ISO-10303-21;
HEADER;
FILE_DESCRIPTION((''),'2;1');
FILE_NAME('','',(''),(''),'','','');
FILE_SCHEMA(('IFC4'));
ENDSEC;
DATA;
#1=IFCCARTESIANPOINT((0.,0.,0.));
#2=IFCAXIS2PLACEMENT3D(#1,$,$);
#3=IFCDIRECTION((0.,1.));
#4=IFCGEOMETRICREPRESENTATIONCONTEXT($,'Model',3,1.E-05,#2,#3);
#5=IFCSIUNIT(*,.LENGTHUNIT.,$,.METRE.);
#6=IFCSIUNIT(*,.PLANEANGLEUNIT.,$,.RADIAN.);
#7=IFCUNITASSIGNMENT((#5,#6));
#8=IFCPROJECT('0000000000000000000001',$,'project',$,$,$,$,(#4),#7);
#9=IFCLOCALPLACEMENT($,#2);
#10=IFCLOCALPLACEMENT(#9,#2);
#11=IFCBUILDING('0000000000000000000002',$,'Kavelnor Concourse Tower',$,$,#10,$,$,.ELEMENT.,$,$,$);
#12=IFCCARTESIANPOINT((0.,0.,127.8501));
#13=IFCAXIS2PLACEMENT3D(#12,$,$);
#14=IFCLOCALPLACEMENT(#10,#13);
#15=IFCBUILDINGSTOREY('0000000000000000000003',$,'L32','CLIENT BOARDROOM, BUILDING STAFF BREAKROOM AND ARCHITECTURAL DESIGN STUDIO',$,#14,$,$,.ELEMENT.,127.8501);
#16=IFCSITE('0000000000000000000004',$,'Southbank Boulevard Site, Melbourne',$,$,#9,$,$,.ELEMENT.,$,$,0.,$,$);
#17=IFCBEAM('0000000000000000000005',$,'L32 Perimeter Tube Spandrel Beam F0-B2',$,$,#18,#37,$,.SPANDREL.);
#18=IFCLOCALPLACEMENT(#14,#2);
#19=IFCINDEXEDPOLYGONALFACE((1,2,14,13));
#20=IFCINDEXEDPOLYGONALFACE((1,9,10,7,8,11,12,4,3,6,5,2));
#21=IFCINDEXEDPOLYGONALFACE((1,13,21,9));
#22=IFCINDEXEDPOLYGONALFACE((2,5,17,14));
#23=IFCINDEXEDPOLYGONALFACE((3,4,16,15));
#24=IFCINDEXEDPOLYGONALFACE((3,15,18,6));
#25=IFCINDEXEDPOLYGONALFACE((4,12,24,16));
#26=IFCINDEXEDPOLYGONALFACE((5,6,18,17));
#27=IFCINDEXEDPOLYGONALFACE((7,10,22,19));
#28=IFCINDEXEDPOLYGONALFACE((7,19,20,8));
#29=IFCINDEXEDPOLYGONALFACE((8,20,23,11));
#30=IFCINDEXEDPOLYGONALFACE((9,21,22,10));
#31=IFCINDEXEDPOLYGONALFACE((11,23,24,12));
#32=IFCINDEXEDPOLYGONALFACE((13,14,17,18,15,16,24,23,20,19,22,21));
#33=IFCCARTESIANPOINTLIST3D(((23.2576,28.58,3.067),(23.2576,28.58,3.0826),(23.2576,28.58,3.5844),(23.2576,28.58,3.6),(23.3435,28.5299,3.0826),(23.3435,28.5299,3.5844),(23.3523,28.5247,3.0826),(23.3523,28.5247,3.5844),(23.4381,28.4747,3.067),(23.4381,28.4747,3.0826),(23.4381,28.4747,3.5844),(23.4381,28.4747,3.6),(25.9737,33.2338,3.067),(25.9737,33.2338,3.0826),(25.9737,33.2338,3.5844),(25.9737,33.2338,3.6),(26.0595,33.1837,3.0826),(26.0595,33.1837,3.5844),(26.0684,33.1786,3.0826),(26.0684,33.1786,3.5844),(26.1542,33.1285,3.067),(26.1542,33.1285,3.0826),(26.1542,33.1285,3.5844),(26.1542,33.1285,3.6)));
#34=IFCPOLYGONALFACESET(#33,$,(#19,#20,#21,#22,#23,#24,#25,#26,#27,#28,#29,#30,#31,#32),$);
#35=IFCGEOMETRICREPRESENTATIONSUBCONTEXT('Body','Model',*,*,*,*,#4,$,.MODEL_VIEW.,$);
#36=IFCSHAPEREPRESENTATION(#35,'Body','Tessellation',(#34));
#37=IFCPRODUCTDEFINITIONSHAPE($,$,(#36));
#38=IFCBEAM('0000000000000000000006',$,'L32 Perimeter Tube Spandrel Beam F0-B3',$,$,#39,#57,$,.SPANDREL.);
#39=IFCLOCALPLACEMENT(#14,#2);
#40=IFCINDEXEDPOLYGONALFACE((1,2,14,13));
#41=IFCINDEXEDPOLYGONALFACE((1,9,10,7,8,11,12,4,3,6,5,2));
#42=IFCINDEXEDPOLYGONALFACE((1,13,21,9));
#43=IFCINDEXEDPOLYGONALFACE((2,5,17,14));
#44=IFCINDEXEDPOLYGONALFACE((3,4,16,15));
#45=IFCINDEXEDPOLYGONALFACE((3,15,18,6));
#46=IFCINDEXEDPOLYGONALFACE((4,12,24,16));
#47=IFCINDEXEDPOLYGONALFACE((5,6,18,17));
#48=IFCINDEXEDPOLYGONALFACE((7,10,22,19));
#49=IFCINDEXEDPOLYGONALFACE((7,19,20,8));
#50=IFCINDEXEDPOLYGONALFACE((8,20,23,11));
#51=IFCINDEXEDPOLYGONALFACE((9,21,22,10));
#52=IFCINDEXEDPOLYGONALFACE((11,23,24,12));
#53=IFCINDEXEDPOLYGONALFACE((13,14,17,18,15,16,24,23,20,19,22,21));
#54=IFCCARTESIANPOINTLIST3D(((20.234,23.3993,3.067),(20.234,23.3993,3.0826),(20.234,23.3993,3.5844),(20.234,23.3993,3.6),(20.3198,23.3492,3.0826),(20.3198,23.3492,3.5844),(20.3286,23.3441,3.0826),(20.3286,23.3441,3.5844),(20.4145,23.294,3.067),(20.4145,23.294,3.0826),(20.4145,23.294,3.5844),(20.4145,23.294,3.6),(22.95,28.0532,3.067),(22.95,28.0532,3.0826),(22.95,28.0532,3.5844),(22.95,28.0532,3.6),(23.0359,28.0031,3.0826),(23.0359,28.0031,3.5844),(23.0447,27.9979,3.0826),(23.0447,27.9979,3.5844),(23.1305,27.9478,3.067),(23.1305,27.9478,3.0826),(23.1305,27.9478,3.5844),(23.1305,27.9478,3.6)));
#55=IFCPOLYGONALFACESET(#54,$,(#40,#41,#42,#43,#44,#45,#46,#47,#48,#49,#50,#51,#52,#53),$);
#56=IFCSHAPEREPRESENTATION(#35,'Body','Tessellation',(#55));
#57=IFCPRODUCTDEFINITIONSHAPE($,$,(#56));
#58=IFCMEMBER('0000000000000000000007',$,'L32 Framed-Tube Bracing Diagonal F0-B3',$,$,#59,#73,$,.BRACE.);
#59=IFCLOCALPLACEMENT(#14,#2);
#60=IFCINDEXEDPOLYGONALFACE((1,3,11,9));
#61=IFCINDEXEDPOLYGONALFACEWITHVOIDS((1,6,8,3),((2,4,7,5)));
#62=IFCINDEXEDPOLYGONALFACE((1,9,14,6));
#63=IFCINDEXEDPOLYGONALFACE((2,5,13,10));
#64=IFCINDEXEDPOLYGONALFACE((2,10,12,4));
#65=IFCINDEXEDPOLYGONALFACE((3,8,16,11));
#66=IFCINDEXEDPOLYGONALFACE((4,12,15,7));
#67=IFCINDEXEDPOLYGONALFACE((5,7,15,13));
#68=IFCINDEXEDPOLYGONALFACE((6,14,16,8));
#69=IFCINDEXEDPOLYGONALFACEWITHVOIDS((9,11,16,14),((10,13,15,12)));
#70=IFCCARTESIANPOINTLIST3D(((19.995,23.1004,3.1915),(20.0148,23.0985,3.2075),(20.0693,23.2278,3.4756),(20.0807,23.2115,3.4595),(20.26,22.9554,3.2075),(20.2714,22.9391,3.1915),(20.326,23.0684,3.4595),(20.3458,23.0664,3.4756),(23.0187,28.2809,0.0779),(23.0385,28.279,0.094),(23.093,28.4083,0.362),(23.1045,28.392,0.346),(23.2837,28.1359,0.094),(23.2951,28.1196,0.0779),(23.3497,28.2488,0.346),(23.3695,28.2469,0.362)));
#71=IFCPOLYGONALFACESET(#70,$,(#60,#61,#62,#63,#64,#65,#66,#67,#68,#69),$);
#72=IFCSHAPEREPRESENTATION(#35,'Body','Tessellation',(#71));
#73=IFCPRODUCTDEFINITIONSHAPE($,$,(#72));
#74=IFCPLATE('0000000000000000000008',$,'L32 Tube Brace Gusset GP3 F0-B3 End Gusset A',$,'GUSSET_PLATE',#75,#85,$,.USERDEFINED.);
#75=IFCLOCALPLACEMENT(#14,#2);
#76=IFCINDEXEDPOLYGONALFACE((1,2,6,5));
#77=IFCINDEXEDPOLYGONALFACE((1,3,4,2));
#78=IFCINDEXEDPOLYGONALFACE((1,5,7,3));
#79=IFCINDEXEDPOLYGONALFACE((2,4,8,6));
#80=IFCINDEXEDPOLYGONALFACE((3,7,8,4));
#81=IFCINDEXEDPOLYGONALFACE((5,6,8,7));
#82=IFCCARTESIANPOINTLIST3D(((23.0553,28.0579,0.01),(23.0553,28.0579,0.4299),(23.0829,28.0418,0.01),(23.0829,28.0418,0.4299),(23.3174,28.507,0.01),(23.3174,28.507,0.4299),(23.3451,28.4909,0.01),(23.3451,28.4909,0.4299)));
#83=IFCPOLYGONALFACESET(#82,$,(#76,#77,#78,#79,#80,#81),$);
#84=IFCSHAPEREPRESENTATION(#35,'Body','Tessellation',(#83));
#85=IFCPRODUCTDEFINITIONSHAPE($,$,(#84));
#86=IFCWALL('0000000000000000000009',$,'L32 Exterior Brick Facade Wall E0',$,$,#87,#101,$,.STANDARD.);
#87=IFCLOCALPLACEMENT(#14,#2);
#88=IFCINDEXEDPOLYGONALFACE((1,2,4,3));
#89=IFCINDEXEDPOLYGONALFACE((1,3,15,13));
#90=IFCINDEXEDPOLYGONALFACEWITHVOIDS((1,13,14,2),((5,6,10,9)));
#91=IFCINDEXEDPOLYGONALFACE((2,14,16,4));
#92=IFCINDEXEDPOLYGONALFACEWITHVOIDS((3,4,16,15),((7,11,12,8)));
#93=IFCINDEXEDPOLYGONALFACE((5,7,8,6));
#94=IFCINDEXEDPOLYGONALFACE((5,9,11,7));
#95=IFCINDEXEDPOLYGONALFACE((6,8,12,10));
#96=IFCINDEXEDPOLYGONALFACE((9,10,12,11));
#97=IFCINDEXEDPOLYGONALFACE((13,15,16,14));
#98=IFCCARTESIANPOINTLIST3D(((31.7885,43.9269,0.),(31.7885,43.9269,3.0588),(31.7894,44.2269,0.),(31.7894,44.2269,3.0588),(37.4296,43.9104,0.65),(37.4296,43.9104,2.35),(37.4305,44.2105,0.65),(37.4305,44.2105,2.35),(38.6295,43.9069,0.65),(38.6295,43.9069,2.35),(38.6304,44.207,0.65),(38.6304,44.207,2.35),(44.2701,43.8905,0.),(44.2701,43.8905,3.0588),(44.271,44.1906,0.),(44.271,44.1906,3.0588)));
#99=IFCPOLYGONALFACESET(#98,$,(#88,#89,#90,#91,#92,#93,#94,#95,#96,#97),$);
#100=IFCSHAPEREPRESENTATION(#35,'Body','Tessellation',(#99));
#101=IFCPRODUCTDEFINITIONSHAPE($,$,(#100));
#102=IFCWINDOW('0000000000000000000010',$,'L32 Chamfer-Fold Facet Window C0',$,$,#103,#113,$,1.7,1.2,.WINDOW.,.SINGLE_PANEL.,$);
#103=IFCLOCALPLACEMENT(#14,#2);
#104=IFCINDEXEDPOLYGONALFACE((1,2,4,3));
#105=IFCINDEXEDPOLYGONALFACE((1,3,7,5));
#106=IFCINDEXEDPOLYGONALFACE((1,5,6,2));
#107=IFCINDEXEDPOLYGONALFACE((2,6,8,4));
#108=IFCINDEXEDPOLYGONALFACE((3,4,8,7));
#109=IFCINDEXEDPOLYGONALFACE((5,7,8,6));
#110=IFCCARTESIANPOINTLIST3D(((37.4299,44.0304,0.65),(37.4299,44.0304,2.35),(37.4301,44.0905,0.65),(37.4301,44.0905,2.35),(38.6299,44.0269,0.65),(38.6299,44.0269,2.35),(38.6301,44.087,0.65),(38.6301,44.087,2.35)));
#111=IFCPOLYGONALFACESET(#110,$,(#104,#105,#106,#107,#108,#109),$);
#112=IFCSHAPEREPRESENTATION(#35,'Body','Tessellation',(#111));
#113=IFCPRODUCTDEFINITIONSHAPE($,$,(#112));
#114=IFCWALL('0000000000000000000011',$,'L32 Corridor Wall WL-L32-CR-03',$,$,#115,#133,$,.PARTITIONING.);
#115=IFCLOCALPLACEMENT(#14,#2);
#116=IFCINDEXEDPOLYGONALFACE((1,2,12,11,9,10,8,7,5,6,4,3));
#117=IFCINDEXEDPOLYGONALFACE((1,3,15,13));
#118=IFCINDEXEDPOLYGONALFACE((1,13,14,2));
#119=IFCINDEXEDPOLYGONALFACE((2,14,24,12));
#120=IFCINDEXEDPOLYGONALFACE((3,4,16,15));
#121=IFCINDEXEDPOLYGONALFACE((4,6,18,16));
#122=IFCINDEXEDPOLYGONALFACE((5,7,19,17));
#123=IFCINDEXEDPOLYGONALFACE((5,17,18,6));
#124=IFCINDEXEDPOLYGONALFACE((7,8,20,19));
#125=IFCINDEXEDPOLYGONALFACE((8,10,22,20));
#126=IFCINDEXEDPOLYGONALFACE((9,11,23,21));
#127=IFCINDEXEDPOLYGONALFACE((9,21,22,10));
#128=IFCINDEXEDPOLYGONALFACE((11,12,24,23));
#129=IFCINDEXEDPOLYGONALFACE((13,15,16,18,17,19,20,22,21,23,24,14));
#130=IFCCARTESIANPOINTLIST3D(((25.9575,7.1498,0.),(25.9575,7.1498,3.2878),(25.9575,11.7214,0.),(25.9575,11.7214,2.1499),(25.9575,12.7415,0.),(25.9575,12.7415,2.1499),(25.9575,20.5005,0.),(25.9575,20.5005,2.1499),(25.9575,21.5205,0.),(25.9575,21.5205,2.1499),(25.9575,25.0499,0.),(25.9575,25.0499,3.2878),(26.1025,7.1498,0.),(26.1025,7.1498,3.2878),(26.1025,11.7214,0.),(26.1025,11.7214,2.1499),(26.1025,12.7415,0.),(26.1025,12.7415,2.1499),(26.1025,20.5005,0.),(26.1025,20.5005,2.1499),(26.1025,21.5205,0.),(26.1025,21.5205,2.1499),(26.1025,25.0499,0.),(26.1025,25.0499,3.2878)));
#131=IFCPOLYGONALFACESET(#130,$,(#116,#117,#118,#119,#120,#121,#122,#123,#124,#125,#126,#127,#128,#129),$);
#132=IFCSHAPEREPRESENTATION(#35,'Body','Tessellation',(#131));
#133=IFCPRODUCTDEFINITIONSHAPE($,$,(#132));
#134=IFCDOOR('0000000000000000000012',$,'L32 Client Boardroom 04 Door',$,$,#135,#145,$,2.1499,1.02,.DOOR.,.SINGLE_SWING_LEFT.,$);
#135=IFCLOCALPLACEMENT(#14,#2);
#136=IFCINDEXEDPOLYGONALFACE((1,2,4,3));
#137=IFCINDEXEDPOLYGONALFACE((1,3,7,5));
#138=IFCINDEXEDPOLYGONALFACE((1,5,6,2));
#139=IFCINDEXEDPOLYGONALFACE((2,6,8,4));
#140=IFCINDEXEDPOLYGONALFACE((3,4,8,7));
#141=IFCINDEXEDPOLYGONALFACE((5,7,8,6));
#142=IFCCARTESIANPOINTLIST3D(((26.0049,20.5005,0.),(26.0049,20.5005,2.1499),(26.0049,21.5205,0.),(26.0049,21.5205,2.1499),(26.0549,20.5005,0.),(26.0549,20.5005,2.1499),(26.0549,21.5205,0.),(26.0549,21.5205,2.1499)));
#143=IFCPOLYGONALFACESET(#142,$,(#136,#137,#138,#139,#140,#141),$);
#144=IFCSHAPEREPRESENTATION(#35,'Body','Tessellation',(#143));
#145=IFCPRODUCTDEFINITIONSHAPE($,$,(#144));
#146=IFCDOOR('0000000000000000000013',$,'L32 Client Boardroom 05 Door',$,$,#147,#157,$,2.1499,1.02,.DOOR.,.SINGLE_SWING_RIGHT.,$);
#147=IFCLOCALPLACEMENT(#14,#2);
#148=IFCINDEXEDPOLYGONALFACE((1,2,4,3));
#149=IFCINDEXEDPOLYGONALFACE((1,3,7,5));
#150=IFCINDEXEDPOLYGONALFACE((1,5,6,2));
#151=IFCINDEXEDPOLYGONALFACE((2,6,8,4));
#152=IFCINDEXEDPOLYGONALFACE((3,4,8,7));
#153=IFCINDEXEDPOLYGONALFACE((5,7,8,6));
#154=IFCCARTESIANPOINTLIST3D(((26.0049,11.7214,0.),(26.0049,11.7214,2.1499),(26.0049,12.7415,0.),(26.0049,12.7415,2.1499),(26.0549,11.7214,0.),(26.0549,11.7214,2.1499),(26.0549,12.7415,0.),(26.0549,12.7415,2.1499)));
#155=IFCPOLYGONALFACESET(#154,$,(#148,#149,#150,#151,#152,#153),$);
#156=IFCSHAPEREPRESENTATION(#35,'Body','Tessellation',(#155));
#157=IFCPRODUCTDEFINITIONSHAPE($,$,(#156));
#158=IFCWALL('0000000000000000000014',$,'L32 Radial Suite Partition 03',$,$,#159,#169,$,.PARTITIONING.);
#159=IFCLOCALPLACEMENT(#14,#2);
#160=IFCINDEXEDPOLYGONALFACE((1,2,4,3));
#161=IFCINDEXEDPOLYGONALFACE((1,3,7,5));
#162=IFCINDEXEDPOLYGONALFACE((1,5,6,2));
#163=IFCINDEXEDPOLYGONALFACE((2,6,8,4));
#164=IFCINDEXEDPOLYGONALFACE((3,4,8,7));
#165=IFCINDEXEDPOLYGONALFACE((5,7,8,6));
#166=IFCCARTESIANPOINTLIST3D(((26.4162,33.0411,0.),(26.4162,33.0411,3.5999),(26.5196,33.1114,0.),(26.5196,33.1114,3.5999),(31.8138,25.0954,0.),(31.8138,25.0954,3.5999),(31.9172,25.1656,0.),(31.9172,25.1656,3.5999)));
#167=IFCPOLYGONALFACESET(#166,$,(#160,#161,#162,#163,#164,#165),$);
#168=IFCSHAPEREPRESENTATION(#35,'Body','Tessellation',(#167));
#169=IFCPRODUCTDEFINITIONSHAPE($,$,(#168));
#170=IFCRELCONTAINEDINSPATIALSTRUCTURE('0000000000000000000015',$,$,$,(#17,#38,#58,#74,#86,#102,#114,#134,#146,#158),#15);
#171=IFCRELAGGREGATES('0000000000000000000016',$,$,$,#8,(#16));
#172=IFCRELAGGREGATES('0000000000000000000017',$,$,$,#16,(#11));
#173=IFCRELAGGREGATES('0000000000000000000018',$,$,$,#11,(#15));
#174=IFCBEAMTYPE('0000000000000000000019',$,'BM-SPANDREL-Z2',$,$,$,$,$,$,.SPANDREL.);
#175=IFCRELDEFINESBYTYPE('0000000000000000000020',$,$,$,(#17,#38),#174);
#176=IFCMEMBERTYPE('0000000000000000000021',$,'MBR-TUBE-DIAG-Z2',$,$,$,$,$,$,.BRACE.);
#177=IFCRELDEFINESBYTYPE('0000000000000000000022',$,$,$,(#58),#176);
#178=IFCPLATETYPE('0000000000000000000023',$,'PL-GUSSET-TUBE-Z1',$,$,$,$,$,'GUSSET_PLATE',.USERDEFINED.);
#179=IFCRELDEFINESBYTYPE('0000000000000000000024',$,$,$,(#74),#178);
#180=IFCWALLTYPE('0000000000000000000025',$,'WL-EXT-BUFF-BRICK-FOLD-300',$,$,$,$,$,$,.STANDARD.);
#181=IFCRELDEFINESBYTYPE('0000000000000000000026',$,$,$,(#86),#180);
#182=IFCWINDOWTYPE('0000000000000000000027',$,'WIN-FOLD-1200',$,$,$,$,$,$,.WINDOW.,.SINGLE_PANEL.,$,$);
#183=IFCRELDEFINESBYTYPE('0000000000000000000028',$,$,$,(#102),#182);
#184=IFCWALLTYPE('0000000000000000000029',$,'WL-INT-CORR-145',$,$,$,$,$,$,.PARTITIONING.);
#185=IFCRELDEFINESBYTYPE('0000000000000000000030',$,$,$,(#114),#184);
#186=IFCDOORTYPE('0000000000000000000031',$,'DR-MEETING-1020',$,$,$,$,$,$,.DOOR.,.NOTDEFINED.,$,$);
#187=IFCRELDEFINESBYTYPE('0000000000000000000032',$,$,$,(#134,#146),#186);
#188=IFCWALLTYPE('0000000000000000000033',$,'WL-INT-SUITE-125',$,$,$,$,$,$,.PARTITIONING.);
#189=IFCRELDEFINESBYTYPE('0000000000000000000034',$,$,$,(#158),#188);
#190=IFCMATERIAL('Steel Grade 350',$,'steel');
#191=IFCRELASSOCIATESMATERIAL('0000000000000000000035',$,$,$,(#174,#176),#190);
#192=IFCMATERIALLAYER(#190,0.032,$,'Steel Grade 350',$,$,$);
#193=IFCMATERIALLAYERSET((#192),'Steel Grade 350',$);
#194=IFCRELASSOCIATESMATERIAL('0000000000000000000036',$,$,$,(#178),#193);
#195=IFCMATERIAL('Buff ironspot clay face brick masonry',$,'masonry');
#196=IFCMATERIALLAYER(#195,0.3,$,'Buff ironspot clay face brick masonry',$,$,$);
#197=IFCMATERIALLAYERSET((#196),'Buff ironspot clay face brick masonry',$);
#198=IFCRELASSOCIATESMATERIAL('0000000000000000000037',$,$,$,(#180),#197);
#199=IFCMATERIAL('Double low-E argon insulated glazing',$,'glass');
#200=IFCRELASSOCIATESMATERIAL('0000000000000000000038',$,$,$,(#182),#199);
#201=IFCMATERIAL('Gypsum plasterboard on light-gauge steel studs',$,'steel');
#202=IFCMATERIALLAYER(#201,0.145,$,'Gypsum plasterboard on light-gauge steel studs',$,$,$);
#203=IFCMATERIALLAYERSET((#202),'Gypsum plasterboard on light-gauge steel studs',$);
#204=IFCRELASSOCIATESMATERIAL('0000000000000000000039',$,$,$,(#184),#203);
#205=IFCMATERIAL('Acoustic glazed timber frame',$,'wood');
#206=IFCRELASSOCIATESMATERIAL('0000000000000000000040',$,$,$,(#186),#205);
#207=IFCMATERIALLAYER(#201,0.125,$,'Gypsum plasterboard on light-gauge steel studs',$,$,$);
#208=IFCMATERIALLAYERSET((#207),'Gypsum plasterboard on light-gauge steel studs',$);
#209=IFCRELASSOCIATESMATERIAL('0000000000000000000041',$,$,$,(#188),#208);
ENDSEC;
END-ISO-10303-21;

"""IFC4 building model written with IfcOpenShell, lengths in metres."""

from ifc_helpers import new_model, si_unit, direction, frame, frame_2d, origin, origin_2d, place, context, subcontext, project, spatial, rectangle, hollow_rectangle, i_section, extrude, material, layer, layer_set, material_profile, profile_set, type_object, element, fill, save


model = new_model("IFC4")

# Units and contexts
model_context = context("Model", 3, precision=1e-05, world=origin(), true_north=direction((0.0, 1.0)))
body_context = subcontext(model_context, "Body", "Model", "MODEL_VIEW")
ifc_project = project(units=[si_unit("LENGTHUNIT", "METRE"), si_unit("PLANEANGLEUNIT", "RADIAN")], contexts=[model_context])

# Site, building, storey
site_placement = place(None, origin())
site = spatial("IfcSite", under=ifc_project, at=site_placement, Name="Southbank Boulevard Site, Melbourne", CompositionType="ELEMENT", RefElevation=0.0)
building_placement = place(site_placement, origin())
building = spatial("IfcBuilding", under=site, at=building_placement, Name="Kavelnor Concourse Tower", CompositionType="ELEMENT")
storey_placement = place(building_placement, frame((0.0, 0.0, 127.8501)))
storey = spatial("IfcBuildingStorey", under=building, at=storey_placement, Name="L32", Description="CLIENT BOARDROOM, BUILDING STAFF BREAKROOM AND ARCHITECTURAL DESIGN STUDIO", CompositionType="ELEMENT", Elevation=127.8501)

# Shared definitions
ifc_material_1 = material(Name="Steel Grade 350", Category="steel")

# Beams
ifc_material_profile_1 = material_profile(ifc_material_1, i_section(OverallWidth=0.209, OverallDepth=0.533, WebThickness=0.0103, FlangeThickness=0.0156, at=origin_2d()), Name="530UB92")
ifc_profile_set_1 = profile_set([ifc_material_profile_1], Name="Steel Grade 350")
beam_type_1 = type_object("IfcBeamType", Name="BM-SPANDREL-Z2", PredefinedType="SPANDREL", material=ifc_profile_set_1)
for number, where, z_axis, x_axis, name in (
    (1, (26.064, 33.1812, 3.3335), (-0.504057, -0.86367, 0.0), (0.86367, -0.504057, 0.0), "L32 Perimeter Tube Spandrel Beam F0-B2"),
    (2, (23.0403, 28.0005, 3.3335), (-0.504057, -0.86367, 0.0), (0.86367, -0.504057, 0.0), "L32 Perimeter Tube Spandrel Beam F0-B3"),
):
    element("IfcBeam", number, at=place(storey_placement, frame(where, z_axis=z_axis, x_axis=x_axis)), inside=storey, type_object=beam_type_1, Name=name, PredefinedType="SPANDREL", context=body_context, shape_type="SweptSolid", body=[
        extrude(i_section(OverallWidth=0.209, OverallDepth=0.533, WebThickness=0.0103, FlangeThickness=0.0156, at=origin_2d()), origin(), (0.0, 0.0, 1.0), 5.3884),
    ])

# Member
ifc_material_profile_2 = material_profile(ifc_material_1, hollow_rectangle(XDim=0.3201, YDim=0.3201, WallThickness=0.0181, at=origin_2d()), Name="SHS 320x320x18")
ifc_profile_set_2 = profile_set([ifc_material_profile_2], Name="Steel Grade 350")
member_type = type_object("IfcMemberType", Name="MBR-TUBE-DIAG-Z2", PredefinedType="BRACE", material=ifc_profile_set_2)
member_placement = place(storey_placement, frame((23.1941, 28.2639, 0.22), z_axis=(-0.447408, -0.766537, 0.460702), x_axis=(0.86365, -0.504091, 0.0)))
element("IfcMember", 3, at=member_placement, inside=storey, type_object=member_type, Name="L32 Framed-Tube Bracing Diagonal F0-B3", PredefinedType="BRACE", context=body_context, shape_type="SweptSolid", body=[
    extrude(hollow_rectangle(XDim=0.3201, YDim=0.3201, WallThickness=0.0181, at=origin_2d()), origin(), (0.0, 0.0, 1.0), 6.7583),
])

# Plate
ifc_layer_1 = layer(ifc_material_1, 0.032, Name="Steel Grade 350")
ifc_layer_set_1 = layer_set([ifc_layer_1], Name="Steel Grade 350")
plate_type = type_object("IfcPlateType", Name="PL-GUSSET-TUBE-Z1", ElementType="GUSSET_PLATE", PredefinedType="USERDEFINED", material=ifc_layer_set_1)
plate_placement = place(storey_placement, frame((23.2002, 28.2744, 0.01), z_axis=(0.0, 0.0, 1.0), x_axis=(-0.504075, -0.86366, 0.0)))
element("IfcPlate", 4, at=plate_placement, inside=storey, type_object=plate_type, Name="L32 Tube Brace Gusset GP3 F0-B3 End Gusset A", ObjectType="GUSSET_PLATE", PredefinedType="USERDEFINED", context=body_context, shape_type="SweptSolid", body=[
    extrude(rectangle(XDim=0.52, YDim=0.032, at=origin_2d()), origin(), (0.0, 0.0, 1.0), 0.4199),
])

# Wall, opening, window
ifc_material_2 = material(Name="Buff ironspot clay face brick masonry", Category="masonry")
ifc_layer_2 = layer(ifc_material_2, 0.3, Name="Buff ironspot clay face brick masonry")
ifc_layer_set_2 = layer_set([ifc_layer_2], Name="Buff ironspot clay face brick masonry")
wall_type_1 = type_object("IfcWallType", Name="WL-EXT-BUFF-BRICK-FOLD-300", PredefinedType="STANDARD", material=ifc_layer_set_2)
wall_1_placement = place(storey_placement, frame((31.7891, 44.0769, 0.0), z_axis=(0.0, 0.0, 1.0), x_axis=(0.999996, -0.002914, 0.0)))
wall_1 = element("IfcWall", 5, at=wall_1_placement, inside=storey, type_object=wall_type_1, Name="L32 Exterior Brick Facade Wall E0", PredefinedType="STANDARD", context=body_context, shape_type="SweptSolid", body=[
    extrude(rectangle(XDim=12.4817, YDim=0.3, at=frame_2d((6.2407, 0.0))), origin(), (0.0, 0.0, 1.0), 3.0588),
])
opening_1_placement = place(wall_1_placement, frame((5.6409, 0.0, 0.6499)))
opening_1 = element("IfcOpeningElement", 6, at=opening_1_placement, cuts=wall_1, PredefinedType="OPENING", context=body_context, shape_type="SweptSolid", body=[
    extrude(rectangle(XDim=1.2, YDim=1.7, at=frame_2d((0.6001, 0.8501))), frame((0.0, 0.1602, 0.0), z_axis=(0.0, -1.0, 0.0), x_axis=(1.0, 0.0, 0.0)), (0.0, 0.0, 1.0), 0.3201),
])
ifc_material_3 = material(Name="Double low-E argon insulated glazing", Category="glass")
window_type = type_object("IfcWindowType", Name="WIN-FOLD-1200", PartitioningType="SINGLE_PANEL", PredefinedType="WINDOW", material=ifc_material_3)
window_placement = place(opening_1_placement, origin())
window = element("IfcWindow", 7, at=window_placement, inside=storey, type_object=window_type, Name="L32 Chamfer-Fold Facet Window C0", OverallHeight=1.7, OverallWidth=1.2, PartitioningType="SINGLE_PANEL", PredefinedType="WINDOW", context=body_context, shape_type="SweptSolid", body=[
    extrude(rectangle(XDim=1.2, YDim=1.7, at=frame_2d((0.6001, 0.8501))), frame((0.0, 0.03, 0.0), z_axis=(0.0, -1.0, 0.0), x_axis=(1.0, 0.0, 0.0)), (0.0, 0.0, 1.0), 0.0601),
])
fill(opening_1, window)

# Wall, openings, doors
ifc_material_4 = material(Name="Gypsum plasterboard on light-gauge steel studs", Category="steel")
ifc_layer_3 = layer(ifc_material_4, 0.145, Name="Gypsum plasterboard on light-gauge steel studs")
ifc_layer_set_3 = layer_set([ifc_layer_3], Name="Gypsum plasterboard on light-gauge steel studs")
wall_type_2 = type_object("IfcWallType", Name="WL-INT-CORR-145", PredefinedType="PARTITIONING", material=ifc_layer_set_3)
wall_2_placement = place(storey_placement, frame((26.03, 25.05, 0.0), z_axis=(0.0, 0.0, 1.0), x_axis=(0.0, -1.0, 0.0)))
wall_2 = element("IfcWall", 8, at=wall_2_placement, inside=storey, type_object=wall_type_2, Name="L32 Corridor Wall WL-L32-CR-03", PredefinedType="PARTITIONING", context=body_context, shape_type="SweptSolid", body=[
    extrude(rectangle(XDim=17.9001, YDim=0.145, at=frame_2d((8.9502, 0.0))), origin(), (0.0, 0.0, 1.0), 3.2878),
])
opening_2_placement = place(wall_2_placement, frame((3.5295, 0.0, 0.0)))
opening_2 = element("IfcOpeningElement", 9, at=opening_2_placement, cuts=wall_2, PredefinedType="OPENING", context=body_context, shape_type="SweptSolid", body=[
    extrude(rectangle(XDim=1.02, YDim=2.1499, at=frame_2d((0.51, 1.075))), frame((0.0, 0.0825, 0.0), z_axis=(0.0, -1.0, 0.0), x_axis=(1.0, 0.0, 0.0)), (0.0, 0.0, 1.0), 0.165),
])
opening_3_placement = place(wall_2_placement, frame((12.3086, 0.0, 0.0)))
opening_3 = element("IfcOpeningElement", 10, at=opening_3_placement, cuts=wall_2, PredefinedType="OPENING", context=body_context, shape_type="SweptSolid", body=[
    extrude(rectangle(XDim=1.02, YDim=2.1499, at=frame_2d((0.51, 1.075))), frame((0.0, 0.0825, 0.0), z_axis=(0.0, -1.0, 0.0), x_axis=(1.0, 0.0, 0.0)), (0.0, 0.0, 1.0), 0.165),
])
ifc_material_5 = material(Name="Acoustic glazed timber frame", Category="wood")
door_type = type_object("IfcDoorType", Name="DR-MEETING-1020", OperationType="NOTDEFINED", PredefinedType="DOOR", material=ifc_material_5)
door_1_placement = place(opening_2_placement, origin())
door_1 = element("IfcDoor", 11, at=door_1_placement, inside=storey, type_object=door_type, Name="L32 Client Boardroom 04 Door", OperationType="SINGLE_SWING_LEFT", OverallHeight=2.1499, OverallWidth=1.02, PredefinedType="DOOR", context=body_context, shape_type="SweptSolid", body=[
    extrude(rectangle(XDim=1.02, YDim=2.1499, at=frame_2d((0.51, 1.075))), frame((0.0, 0.0249, 0.0), z_axis=(0.0, -1.0, 0.0), x_axis=(1.0, 0.0, 0.0)), (0.0, 0.0, 1.0), 0.05),
])
fill(opening_2, door_1)
door_2_placement = place(opening_3_placement, origin())
door_2 = element("IfcDoor", 12, at=door_2_placement, inside=storey, type_object=door_type, Name="L32 Client Boardroom 05 Door", OperationType="SINGLE_SWING_RIGHT", OverallHeight=2.1499, OverallWidth=1.02, PredefinedType="DOOR", context=body_context, shape_type="SweptSolid", body=[
    extrude(rectangle(XDim=1.02, YDim=2.1499, at=frame_2d((0.51, 1.075))), frame((0.0, 0.0249, 0.0), z_axis=(0.0, -1.0, 0.0), x_axis=(1.0, 0.0, 0.0)), (0.0, 0.0, 1.0), 0.05),
])
fill(opening_3, door_2)

# Wall
ifc_layer_4 = layer(ifc_material_4, 0.125, Name="Gypsum plasterboard on light-gauge steel studs")
ifc_layer_set_4 = layer_set([ifc_layer_4], Name="Gypsum plasterboard on light-gauge steel studs")
wall_type_3 = type_object("IfcWallType", Name="WL-INT-SUITE-125", PredefinedType="PARTITIONING", material=ifc_layer_set_4)
wall_3_placement = place(storey_placement, frame((31.8655, 25.1306, 0.0), z_axis=(0.0, 0.0, 1.0), x_axis=(-0.561923, 0.82719, 0.0)))
element("IfcWall", 13, at=wall_3_placement, inside=storey, type_object=wall_type_3, Name="L32 Radial Suite Partition 03", PredefinedType="PARTITIONING", context=body_context, shape_type="SweptSolid", body=[
    extrude(rectangle(XDim=9.6057, YDim=0.125, at=frame_2d((4.8027, 0.0))), origin(), (0.0, 0.0, 1.0), 3.5999),
])

save(model, "model.ifc")
